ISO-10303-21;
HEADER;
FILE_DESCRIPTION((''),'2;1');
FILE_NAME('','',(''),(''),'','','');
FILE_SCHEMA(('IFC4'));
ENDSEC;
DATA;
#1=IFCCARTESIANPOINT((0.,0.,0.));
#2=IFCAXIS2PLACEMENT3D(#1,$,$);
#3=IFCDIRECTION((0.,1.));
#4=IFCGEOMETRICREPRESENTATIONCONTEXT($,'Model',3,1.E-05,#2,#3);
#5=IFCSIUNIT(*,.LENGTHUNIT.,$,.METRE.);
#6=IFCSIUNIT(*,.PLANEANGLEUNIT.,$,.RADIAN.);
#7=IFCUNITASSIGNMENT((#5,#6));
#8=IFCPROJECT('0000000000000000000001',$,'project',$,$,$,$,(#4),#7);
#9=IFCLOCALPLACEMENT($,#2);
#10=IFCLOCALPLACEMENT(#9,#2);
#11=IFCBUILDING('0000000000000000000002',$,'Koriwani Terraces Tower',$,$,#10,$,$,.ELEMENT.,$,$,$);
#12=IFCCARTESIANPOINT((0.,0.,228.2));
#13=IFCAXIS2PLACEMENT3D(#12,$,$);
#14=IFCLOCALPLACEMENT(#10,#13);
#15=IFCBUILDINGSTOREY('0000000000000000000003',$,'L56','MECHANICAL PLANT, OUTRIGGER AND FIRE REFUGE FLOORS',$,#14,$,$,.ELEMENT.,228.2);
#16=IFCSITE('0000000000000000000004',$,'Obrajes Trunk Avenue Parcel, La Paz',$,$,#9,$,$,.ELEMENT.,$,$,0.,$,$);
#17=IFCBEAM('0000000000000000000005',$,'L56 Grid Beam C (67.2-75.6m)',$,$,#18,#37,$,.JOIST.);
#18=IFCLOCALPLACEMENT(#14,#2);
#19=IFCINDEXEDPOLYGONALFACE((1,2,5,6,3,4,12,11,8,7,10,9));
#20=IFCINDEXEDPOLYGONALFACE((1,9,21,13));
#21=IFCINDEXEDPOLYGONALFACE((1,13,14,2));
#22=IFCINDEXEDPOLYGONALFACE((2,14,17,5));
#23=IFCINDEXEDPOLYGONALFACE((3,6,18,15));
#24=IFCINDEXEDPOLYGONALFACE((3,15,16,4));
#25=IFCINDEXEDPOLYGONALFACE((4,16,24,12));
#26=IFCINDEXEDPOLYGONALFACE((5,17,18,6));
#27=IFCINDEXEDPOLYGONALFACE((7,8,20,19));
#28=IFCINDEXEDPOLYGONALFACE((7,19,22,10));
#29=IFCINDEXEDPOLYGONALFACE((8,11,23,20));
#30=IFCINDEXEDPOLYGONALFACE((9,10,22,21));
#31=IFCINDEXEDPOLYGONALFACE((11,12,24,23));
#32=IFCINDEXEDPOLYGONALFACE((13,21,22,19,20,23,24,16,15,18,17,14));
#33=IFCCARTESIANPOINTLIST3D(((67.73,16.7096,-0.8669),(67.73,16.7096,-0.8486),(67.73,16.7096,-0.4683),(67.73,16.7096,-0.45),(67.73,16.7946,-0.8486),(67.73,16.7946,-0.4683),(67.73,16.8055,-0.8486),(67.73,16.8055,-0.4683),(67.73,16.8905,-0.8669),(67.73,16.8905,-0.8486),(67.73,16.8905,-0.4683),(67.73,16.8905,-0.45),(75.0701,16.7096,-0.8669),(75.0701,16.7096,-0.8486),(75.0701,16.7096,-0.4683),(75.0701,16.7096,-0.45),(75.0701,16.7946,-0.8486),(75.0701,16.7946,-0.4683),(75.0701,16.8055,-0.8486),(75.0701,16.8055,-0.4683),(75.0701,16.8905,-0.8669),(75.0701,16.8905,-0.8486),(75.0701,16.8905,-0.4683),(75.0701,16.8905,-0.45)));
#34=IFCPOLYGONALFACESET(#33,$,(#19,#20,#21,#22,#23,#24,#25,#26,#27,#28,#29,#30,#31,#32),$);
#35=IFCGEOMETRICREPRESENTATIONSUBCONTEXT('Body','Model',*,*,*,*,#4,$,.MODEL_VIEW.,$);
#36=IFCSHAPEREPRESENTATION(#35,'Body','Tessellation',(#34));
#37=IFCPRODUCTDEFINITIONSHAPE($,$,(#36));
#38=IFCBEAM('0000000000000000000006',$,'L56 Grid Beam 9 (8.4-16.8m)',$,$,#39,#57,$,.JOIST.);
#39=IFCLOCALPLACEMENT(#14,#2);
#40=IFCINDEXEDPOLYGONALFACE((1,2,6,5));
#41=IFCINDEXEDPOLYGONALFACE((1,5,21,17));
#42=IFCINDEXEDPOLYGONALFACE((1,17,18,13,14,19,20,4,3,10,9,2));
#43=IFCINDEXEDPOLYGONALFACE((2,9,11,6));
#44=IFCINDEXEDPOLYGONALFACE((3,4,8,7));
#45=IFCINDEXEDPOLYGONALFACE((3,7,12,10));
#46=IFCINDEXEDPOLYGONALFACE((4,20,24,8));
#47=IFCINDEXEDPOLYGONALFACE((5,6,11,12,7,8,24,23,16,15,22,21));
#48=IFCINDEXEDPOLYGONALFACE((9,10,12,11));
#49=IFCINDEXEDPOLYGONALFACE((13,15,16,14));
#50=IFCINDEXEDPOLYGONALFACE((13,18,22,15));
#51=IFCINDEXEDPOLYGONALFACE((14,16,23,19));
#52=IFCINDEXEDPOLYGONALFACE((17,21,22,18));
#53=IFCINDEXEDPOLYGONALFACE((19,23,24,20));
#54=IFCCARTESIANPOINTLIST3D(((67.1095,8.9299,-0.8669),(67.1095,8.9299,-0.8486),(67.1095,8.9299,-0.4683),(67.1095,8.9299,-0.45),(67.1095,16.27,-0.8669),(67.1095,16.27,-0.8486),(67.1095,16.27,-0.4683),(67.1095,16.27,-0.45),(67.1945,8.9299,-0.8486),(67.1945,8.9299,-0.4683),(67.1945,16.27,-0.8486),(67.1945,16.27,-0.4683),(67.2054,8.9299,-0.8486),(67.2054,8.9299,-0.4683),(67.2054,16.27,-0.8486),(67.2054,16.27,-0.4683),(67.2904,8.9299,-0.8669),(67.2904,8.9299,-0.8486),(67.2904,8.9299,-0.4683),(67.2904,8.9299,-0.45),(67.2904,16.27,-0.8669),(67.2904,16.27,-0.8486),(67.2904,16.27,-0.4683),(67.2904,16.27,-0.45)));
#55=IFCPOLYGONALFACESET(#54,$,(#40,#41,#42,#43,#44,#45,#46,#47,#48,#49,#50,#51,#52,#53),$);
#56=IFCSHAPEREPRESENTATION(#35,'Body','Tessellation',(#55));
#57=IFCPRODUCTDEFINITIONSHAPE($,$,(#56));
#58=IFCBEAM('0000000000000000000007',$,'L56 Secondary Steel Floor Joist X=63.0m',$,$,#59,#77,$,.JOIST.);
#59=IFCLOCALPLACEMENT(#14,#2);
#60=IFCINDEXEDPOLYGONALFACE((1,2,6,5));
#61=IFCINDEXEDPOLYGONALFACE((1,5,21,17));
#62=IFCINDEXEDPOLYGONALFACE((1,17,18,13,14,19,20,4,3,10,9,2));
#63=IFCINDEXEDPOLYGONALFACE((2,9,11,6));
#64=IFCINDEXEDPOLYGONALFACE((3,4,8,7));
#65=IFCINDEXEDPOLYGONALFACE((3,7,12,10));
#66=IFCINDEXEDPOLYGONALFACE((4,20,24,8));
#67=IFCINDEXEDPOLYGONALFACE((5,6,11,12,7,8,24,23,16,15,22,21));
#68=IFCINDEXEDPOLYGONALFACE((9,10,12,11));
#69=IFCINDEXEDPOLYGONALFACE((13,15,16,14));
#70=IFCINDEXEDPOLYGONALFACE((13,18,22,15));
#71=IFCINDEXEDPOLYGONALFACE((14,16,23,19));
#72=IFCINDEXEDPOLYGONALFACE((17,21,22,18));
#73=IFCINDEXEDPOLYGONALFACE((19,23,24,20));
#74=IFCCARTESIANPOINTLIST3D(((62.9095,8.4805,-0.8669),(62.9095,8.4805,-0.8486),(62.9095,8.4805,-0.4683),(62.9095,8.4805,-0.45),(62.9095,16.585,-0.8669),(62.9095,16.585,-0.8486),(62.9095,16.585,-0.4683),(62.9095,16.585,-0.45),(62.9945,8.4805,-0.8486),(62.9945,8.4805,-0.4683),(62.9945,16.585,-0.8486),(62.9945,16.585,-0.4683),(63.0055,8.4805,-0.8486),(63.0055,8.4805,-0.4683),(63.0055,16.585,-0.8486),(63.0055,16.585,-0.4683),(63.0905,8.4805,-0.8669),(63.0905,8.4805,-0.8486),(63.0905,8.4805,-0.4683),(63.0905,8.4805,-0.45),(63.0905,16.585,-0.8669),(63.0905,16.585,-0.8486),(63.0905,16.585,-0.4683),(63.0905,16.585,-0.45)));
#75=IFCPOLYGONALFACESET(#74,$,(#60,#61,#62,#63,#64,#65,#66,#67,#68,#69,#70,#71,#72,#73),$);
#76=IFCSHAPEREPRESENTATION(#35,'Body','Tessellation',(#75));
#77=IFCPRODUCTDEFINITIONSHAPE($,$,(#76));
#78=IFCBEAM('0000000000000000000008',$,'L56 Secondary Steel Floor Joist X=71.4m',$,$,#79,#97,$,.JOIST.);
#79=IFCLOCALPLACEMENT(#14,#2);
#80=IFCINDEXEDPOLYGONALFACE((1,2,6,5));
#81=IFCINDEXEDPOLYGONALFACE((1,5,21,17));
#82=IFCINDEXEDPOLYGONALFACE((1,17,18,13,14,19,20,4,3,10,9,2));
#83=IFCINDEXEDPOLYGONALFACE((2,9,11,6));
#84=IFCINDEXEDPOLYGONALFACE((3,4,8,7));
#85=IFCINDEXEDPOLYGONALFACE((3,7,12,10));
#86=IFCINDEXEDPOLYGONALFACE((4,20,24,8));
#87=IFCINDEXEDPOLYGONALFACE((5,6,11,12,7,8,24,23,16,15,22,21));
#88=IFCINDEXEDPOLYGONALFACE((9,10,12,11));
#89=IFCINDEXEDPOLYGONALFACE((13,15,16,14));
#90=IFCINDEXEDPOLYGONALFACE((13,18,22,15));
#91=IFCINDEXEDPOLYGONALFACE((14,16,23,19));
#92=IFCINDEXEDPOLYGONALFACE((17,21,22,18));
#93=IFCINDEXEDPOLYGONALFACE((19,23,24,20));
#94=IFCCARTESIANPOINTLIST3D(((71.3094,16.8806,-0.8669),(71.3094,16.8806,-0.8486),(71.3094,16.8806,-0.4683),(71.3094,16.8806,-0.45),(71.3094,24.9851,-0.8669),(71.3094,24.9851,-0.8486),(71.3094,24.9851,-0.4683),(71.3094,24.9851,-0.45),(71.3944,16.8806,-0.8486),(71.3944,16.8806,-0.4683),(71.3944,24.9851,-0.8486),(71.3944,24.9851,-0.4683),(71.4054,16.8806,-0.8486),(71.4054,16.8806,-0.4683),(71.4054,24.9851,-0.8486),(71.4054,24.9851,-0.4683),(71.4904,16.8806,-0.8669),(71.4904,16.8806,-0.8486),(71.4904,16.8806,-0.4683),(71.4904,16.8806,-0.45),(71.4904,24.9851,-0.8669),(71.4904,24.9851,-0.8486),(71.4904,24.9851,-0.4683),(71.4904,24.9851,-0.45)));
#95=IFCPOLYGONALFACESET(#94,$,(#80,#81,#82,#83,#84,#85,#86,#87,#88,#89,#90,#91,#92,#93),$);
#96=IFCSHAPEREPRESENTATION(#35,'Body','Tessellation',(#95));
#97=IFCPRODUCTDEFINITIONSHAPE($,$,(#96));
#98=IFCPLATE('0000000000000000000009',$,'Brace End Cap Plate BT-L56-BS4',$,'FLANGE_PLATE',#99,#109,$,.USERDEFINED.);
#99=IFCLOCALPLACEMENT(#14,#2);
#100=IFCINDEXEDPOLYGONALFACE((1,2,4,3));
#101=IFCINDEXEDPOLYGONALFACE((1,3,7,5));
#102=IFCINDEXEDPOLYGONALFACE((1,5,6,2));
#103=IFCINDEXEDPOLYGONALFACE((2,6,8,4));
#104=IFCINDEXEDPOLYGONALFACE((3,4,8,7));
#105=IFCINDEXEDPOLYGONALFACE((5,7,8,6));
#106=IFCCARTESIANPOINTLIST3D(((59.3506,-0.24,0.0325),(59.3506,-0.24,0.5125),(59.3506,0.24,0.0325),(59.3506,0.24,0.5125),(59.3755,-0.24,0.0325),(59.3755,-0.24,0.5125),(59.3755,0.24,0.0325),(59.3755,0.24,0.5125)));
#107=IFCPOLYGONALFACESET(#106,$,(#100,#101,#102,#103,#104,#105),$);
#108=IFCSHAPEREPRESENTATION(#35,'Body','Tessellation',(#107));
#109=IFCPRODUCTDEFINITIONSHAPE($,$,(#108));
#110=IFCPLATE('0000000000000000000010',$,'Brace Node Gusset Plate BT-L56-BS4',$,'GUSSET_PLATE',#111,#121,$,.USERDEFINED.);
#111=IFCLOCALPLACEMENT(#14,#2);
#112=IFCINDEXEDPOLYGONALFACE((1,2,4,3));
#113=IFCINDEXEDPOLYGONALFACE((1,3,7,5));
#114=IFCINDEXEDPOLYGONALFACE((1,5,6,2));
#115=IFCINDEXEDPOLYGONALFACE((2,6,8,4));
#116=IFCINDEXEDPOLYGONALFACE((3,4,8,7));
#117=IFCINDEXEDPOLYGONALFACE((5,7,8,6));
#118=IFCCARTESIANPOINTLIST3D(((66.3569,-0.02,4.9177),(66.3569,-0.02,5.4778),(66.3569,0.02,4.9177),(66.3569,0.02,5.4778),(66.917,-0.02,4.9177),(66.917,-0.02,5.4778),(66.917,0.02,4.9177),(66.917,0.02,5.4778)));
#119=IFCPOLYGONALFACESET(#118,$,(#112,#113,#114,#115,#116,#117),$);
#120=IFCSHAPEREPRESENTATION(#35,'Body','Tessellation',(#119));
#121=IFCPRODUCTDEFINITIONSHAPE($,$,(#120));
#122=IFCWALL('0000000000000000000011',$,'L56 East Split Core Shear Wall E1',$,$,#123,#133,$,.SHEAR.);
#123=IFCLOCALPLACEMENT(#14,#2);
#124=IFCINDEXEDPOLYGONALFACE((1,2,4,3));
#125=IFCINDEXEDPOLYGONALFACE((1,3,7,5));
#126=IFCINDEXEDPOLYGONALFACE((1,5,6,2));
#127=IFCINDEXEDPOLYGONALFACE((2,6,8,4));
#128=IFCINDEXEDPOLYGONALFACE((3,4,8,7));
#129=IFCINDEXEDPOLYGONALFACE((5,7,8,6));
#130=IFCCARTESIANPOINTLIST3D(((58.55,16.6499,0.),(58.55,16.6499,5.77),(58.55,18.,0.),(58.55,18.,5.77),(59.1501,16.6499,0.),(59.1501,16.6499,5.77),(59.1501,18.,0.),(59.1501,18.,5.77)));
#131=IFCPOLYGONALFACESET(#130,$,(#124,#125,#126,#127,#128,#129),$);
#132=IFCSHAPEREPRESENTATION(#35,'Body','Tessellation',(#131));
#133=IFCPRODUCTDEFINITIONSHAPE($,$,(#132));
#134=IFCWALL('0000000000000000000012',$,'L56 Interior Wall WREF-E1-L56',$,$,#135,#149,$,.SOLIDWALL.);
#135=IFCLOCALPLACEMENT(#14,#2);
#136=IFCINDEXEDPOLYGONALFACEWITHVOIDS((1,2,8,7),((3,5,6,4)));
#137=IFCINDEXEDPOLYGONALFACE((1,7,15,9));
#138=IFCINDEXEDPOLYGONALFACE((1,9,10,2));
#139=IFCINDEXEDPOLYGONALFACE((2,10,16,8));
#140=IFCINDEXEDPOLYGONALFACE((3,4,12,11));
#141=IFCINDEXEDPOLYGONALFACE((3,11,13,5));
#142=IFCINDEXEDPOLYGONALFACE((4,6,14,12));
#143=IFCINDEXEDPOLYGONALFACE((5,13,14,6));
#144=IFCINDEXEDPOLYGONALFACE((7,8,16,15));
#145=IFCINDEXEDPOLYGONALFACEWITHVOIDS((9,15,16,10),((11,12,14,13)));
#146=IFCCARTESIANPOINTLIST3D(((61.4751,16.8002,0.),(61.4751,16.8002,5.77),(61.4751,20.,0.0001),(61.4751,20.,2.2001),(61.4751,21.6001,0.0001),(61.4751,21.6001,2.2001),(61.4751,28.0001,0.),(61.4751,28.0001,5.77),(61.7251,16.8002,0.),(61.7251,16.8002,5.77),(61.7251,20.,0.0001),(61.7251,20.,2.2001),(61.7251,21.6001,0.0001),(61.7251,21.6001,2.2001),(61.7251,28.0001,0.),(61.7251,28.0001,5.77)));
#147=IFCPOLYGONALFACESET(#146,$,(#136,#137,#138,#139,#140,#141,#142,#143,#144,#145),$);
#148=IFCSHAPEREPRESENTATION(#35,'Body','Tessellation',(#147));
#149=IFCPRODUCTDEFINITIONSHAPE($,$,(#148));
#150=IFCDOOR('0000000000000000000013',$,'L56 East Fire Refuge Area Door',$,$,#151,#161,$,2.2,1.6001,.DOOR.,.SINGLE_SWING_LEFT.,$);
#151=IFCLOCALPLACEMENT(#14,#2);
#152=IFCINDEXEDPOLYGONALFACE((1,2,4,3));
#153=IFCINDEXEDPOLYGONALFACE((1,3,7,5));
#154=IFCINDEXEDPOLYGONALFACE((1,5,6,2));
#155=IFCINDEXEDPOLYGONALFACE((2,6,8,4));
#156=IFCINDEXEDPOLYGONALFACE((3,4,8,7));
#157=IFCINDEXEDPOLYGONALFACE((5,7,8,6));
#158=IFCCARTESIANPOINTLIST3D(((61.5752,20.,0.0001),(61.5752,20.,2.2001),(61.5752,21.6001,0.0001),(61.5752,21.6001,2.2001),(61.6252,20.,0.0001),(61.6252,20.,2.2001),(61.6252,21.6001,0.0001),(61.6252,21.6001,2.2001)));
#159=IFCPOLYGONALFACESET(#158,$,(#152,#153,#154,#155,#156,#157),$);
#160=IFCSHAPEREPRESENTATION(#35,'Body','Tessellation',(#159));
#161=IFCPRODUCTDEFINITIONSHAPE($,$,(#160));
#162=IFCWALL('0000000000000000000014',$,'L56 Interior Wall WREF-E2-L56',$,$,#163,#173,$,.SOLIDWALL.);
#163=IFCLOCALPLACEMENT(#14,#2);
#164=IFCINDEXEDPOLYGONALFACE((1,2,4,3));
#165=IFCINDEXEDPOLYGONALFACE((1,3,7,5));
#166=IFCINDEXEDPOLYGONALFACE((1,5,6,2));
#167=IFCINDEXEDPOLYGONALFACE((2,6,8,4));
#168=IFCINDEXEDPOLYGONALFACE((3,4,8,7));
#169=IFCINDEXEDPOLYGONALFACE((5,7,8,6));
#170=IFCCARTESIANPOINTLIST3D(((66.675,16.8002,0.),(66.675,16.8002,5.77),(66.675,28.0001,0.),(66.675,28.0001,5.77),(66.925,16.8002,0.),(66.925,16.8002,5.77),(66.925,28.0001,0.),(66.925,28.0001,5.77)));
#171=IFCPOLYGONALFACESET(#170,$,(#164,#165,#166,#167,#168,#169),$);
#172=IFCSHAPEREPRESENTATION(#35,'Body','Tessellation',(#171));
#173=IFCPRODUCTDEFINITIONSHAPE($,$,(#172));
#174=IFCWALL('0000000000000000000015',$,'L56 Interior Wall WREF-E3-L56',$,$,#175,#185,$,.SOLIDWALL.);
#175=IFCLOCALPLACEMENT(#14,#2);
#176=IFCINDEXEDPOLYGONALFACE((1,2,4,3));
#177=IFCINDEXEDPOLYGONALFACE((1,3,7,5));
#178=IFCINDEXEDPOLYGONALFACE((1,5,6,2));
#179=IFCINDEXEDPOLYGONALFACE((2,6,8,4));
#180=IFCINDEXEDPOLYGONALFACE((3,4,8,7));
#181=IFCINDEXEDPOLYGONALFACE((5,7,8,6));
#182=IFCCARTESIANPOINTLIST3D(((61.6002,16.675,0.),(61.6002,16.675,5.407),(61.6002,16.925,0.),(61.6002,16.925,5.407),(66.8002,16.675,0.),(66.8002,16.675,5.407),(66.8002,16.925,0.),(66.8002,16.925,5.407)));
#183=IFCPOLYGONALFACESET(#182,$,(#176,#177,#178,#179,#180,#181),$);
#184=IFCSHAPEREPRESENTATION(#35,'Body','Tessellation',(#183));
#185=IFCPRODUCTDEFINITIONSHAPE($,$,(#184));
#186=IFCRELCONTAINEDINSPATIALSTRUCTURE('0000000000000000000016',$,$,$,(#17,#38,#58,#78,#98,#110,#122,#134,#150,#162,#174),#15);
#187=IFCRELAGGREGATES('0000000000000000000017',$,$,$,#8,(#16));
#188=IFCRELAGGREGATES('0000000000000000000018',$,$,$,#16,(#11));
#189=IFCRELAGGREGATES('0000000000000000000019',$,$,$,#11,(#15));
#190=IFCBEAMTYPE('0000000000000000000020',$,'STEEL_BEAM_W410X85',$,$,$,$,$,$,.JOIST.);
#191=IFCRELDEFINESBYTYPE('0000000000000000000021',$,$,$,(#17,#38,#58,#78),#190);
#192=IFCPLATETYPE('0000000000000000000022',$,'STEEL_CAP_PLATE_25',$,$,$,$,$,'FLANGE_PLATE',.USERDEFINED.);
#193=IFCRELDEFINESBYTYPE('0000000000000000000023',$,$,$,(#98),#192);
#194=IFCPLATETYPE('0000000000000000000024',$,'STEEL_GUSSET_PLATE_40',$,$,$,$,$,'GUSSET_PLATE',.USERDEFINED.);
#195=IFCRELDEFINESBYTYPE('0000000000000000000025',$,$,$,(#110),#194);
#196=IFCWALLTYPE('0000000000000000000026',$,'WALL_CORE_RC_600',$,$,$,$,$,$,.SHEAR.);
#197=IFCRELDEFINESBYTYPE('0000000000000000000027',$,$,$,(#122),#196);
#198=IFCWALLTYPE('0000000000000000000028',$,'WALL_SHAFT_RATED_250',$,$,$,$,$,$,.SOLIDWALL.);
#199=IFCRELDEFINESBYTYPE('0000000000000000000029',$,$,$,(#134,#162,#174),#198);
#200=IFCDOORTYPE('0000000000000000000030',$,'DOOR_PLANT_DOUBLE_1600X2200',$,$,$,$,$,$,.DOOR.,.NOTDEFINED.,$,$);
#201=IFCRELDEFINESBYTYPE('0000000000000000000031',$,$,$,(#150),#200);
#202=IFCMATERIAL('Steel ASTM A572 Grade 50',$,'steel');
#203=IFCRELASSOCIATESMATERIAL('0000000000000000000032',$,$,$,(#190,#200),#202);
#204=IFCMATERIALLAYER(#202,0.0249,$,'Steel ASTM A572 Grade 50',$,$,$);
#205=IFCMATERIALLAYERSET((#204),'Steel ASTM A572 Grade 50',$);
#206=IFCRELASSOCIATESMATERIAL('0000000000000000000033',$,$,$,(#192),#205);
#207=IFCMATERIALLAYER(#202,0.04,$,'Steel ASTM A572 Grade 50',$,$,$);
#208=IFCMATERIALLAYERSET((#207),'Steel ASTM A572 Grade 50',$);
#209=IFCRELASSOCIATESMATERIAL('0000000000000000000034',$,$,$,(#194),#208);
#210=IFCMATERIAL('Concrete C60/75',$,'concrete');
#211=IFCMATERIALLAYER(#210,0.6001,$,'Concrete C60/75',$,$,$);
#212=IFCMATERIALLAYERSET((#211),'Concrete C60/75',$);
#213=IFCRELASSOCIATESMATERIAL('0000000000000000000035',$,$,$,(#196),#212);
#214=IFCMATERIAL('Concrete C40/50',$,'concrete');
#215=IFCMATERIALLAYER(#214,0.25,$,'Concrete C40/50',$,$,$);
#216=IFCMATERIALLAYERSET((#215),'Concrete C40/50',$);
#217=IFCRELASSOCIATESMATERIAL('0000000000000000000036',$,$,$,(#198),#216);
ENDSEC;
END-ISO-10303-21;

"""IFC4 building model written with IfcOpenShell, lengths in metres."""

from ifc_helpers import new_model, si_unit, direction, frame, frame_2d, origin, origin_2d, place, context, subcontext, project, spatial, rectangle, i_section, extrude, material, layer, layer_set, material_profile, profile_set, type_object, element, fill, save


model = new_model("IFC4")

# Units and contexts
model_context = context("Model", 3, precision=1e-05, world=origin(), true_north=direction((0.0, 1.0)))
body_context = subcontext(model_context, "Body", "Model", "MODEL_VIEW")
ifc_project = project(units=[si_unit("LENGTHUNIT", "METRE"), si_unit("PLANEANGLEUNIT", "RADIAN")], contexts=[model_context])

# Site, building, storey
site_placement = place(None, origin())
site = spatial("IfcSite", under=ifc_project, at=site_placement, Name="Obrajes Trunk Avenue Parcel, La Paz", CompositionType="ELEMENT", RefElevation=0.0)
building_placement = place(site_placement, origin())
building = spatial("IfcBuilding", under=site, at=building_placement, Name="Koriwani Terraces Tower", CompositionType="ELEMENT")
storey_placement = place(building_placement, frame((0.0, 0.0, 228.2)))
storey = spatial("IfcBuildingStorey", under=building, at=storey_placement, Name="L56", Description="MECHANICAL PLANT, OUTRIGGER AND FIRE REFUGE FLOORS", CompositionType="ELEMENT", Elevation=228.2)

# Shared definitions
ifc_material_1 = material(Name="Steel ASTM A572 Grade 50", Category="steel")

# Beams
ifc_material_profile_1 = material_profile(ifc_material_1, i_section(OverallWidth=0.1809, OverallDepth=0.417, WebThickness=0.011, FlangeThickness=0.0183, at=origin_2d()), Name="Steel ASTM A572 Grade 50", Category="LoadBearing")
ifc_profile_set_1 = profile_set([ifc_material_profile_1], Name="Steel ASTM A572 Grade 50")
beam_type_1 = type_object("IfcBeamType", Name="STEEL_BEAM_W410X85", PredefinedType="JOIST", material=ifc_profile_set_1)
for number, where, z_axis, x_axis, name in (
    (1, (67.73, 16.8, -0.6584), (1.0, 0.0, 0.0), (0.0, 1.0, 0.0), "L56 Grid Beam C (67.2-75.6m)"),
    (2, (67.2, 8.9299, -0.6584), (0.0, 1.0, 0.0), (-1.0, 0.0, 0.0), "L56 Grid Beam 9 (8.4-16.8m)"),
):
    element("IfcBeam", number, at=place(storey_placement, frame(where, z_axis=z_axis, x_axis=x_axis)), inside=storey, type_object=beam_type_1, Name=name, PredefinedType="JOIST", context=body_context, shape_type="SweptSolid", body=[
        extrude(i_section(OverallWidth=0.1809, OverallDepth=0.417, WebThickness=0.011, FlangeThickness=0.0183, at=origin_2d()), origin(), (0.0, 0.0, 1.0), 7.3401),
    ])
for number, where, z_axis, x_axis, name in (
    (3, (63.0, 8.4805, -0.6584), (0.0, 1.0, 0.0), (-1.0, 0.0, 0.0), "L56 Secondary Steel Floor Joist X=63.0m"),
    (4, (71.3999, 16.8806, -0.6584), (0.0, 1.0, 0.0), (-1.0, 0.0, 0.0), "L56 Secondary Steel Floor Joist X=71.4m"),
):
    element("IfcBeam", number, at=place(storey_placement, frame(where, z_axis=z_axis, x_axis=x_axis)), inside=storey, type_object=beam_type_1, Name=name, PredefinedType="JOIST", context=body_context, shape_type="SweptSolid", body=[
        extrude(i_section(OverallWidth=0.1809, OverallDepth=0.417, WebThickness=0.011, FlangeThickness=0.0183, at=origin_2d()), origin(), (0.0, 0.0, 1.0), 8.1045),
    ])

# Plates
ifc_layer_1 = layer(ifc_material_1, 0.0249, Name="Steel ASTM A572 Grade 50")
ifc_layer_set_1 = layer_set([ifc_layer_1], Name="Steel ASTM A572 Grade 50")
plate_type_1 = type_object("IfcPlateType", Name="STEEL_CAP_PLATE_25", ElementType="FLANGE_PLATE", PredefinedType="USERDEFINED", material=ifc_layer_set_1)
plate_1_placement = place(storey_placement, frame((59.363, 0.0, 0.0325), z_axis=(0.0, 0.0, 1.0), x_axis=(1.0, 0.0, 0.0)))
element("IfcPlate", 5, at=plate_1_placement, inside=storey, type_object=plate_type_1, Name="Brace End Cap Plate BT-L56-BS4", ObjectType="FLANGE_PLATE", PredefinedType="USERDEFINED", context=body_context, shape_type="SweptSolid", body=[
    extrude(rectangle(XDim=0.0249, YDim=0.48, at=origin_2d()), origin(), (0.0, 0.0, 1.0), 0.48),
])
ifc_layer_2 = layer(ifc_material_1, 0.04, Name="Steel ASTM A572 Grade 50")
ifc_layer_set_2 = layer_set([ifc_layer_2], Name="Steel ASTM A572 Grade 50")
plate_type_2 = type_object("IfcPlateType", Name="STEEL_GUSSET_PLATE_40", ElementType="GUSSET_PLATE", PredefinedType="USERDEFINED", material=ifc_layer_set_2)
plate_2_placement = place(storey_placement, frame((66.637, 0.0, 4.9177), z_axis=(0.0, 0.0, 1.0), x_axis=(1.0, 0.0, 0.0)))
element("IfcPlate", 6, at=plate_2_placement, inside=storey, type_object=plate_type_2, Name="Brace Node Gusset Plate BT-L56-BS4", ObjectType="GUSSET_PLATE", PredefinedType="USERDEFINED", context=body_context, shape_type="SweptSolid", body=[
    extrude(rectangle(XDim=0.5601, YDim=0.04, at=origin_2d()), origin(), (0.0, 0.0, 1.0), 0.5601),
])

# Wall
ifc_material_2 = material(Name="Concrete C60/75", Category="concrete")
ifc_layer_3 = layer(ifc_material_2, 0.6001, Name="Concrete C60/75")
ifc_layer_set_3 = layer_set([ifc_layer_3], Name="Concrete C60/75")
wall_type_1 = type_object("IfcWallType", Name="WALL_CORE_RC_600", PredefinedType="SHEAR", material=ifc_layer_set_3)
wall_1_placement = place(storey_placement, frame((58.8501, 16.6499, 0.0), z_axis=(0.0, 0.0, 1.0), x_axis=(0.0, 1.0, 0.0)))
element("IfcWall", 7, at=wall_1_placement, inside=storey, type_object=wall_type_1, Name="L56 East Split Core Shear Wall E1", PredefinedType="SHEAR", context=body_context, shape_type="SweptSolid", body=[
    extrude(rectangle(XDim=1.3501, YDim=0.6001, at=frame_2d((0.675, 0.0))), origin(), (0.0, 0.0, 1.0), 5.77),
])

# Wall, opening, door
ifc_material_3 = material(Name="Concrete C40/50", Category="concrete")
ifc_layer_4 = layer(ifc_material_3, 0.25, Name="Concrete C40/50")
ifc_layer_set_4 = layer_set([ifc_layer_4], Name="Concrete C40/50")
wall_type_2 = type_object("IfcWallType", Name="WALL_SHAFT_RATED_250", PredefinedType="SOLIDWALL", material=ifc_layer_set_4)
wall_2_placement = place(storey_placement, frame((61.6001, 16.8, 0.0), z_axis=(0.0, 0.0, 1.0), x_axis=(0.0, 1.0, 0.0)))
wall_2 = element("IfcWall", 8, at=wall_2_placement, inside=storey, type_object=wall_type_2, Name="L56 Interior Wall WREF-E1-L56", PredefinedType="SOLIDWALL", context=body_context, shape_type="SweptSolid", body=[
    extrude(rectangle(XDim=11.2, YDim=0.25, at=frame_2d((5.6001, 0.0))), origin(), (0.0, 0.0, 1.0), 5.77),
])
opening_placement = place(wall_2_placement, frame((3.2, 0.0, 0.0)))
opening = element("IfcOpeningElement", 9, at=opening_placement, cuts=wall_2, PredefinedType="OPENING", context=body_context, shape_type="SweptSolid", body=[
    extrude(rectangle(XDim=1.6001, YDim=2.2, at=frame_2d((0.8, 1.1001))), frame((0.0, 0.135, 0.0), z_axis=(0.0, -1.0, 0.0), x_axis=(1.0, 0.0, 0.0)), (0.0, 0.0, 1.0), 0.27),
])
door_type = type_object("IfcDoorType", Name="DOOR_PLANT_DOUBLE_1600X2200", OperationType="NOTDEFINED", PredefinedType="DOOR", material=ifc_material_1)
door_placement = place(opening_placement, origin())
door = element("IfcDoor", 10, at=door_placement, inside=storey, type_object=door_type, Name="L56 East Fire Refuge Area Door", OperationType="SINGLE_SWING_LEFT", OverallHeight=2.2, OverallWidth=1.6001, PredefinedType="DOOR", context=body_context, shape_type="SweptSolid", body=[
    extrude(rectangle(XDim=1.6001, YDim=2.2, at=frame_2d((0.8, 1.1001))), frame((0.0, 0.0249, 0.0), z_axis=(0.0, -1.0, 0.0), x_axis=(1.0, 0.0, 0.0)), (0.0, 0.0, 1.0), 0.05),
])
fill(opening, door)

# Walls
wall_3_placement = place(storey_placement, frame((66.8, 16.8, 0.0), z_axis=(0.0, 0.0, 1.0), x_axis=(0.0, 1.0, 0.0)))
element("IfcWall", 11, at=wall_3_placement, inside=storey, type_object=wall_type_2, Name="L56 Interior Wall WREF-E2-L56", PredefinedType="SOLIDWALL", context=body_context, shape_type="SweptSolid", body=[
    extrude(rectangle(XDim=11.2, YDim=0.25, at=frame_2d((5.6001, 0.0))), origin(), (0.0, 0.0, 1.0), 5.77),
])
wall_4_placement = place(storey_placement, frame((61.6001, 16.8, 0.0), z_axis=(0.0, 0.0, 1.0), x_axis=(1.0, 0.0, 0.0)))
element("IfcWall", 12, at=wall_4_placement, inside=storey, type_object=wall_type_2, Name="L56 Interior Wall WREF-E3-L56", PredefinedType="SOLIDWALL", context=body_context, shape_type="SweptSolid", body=[
    extrude(rectangle(XDim=5.2, YDim=0.25, at=frame_2d((2.6001, 0.0))), origin(), (0.0, 0.0, 1.0), 5.407),
])

save(model, "model.ifc")
